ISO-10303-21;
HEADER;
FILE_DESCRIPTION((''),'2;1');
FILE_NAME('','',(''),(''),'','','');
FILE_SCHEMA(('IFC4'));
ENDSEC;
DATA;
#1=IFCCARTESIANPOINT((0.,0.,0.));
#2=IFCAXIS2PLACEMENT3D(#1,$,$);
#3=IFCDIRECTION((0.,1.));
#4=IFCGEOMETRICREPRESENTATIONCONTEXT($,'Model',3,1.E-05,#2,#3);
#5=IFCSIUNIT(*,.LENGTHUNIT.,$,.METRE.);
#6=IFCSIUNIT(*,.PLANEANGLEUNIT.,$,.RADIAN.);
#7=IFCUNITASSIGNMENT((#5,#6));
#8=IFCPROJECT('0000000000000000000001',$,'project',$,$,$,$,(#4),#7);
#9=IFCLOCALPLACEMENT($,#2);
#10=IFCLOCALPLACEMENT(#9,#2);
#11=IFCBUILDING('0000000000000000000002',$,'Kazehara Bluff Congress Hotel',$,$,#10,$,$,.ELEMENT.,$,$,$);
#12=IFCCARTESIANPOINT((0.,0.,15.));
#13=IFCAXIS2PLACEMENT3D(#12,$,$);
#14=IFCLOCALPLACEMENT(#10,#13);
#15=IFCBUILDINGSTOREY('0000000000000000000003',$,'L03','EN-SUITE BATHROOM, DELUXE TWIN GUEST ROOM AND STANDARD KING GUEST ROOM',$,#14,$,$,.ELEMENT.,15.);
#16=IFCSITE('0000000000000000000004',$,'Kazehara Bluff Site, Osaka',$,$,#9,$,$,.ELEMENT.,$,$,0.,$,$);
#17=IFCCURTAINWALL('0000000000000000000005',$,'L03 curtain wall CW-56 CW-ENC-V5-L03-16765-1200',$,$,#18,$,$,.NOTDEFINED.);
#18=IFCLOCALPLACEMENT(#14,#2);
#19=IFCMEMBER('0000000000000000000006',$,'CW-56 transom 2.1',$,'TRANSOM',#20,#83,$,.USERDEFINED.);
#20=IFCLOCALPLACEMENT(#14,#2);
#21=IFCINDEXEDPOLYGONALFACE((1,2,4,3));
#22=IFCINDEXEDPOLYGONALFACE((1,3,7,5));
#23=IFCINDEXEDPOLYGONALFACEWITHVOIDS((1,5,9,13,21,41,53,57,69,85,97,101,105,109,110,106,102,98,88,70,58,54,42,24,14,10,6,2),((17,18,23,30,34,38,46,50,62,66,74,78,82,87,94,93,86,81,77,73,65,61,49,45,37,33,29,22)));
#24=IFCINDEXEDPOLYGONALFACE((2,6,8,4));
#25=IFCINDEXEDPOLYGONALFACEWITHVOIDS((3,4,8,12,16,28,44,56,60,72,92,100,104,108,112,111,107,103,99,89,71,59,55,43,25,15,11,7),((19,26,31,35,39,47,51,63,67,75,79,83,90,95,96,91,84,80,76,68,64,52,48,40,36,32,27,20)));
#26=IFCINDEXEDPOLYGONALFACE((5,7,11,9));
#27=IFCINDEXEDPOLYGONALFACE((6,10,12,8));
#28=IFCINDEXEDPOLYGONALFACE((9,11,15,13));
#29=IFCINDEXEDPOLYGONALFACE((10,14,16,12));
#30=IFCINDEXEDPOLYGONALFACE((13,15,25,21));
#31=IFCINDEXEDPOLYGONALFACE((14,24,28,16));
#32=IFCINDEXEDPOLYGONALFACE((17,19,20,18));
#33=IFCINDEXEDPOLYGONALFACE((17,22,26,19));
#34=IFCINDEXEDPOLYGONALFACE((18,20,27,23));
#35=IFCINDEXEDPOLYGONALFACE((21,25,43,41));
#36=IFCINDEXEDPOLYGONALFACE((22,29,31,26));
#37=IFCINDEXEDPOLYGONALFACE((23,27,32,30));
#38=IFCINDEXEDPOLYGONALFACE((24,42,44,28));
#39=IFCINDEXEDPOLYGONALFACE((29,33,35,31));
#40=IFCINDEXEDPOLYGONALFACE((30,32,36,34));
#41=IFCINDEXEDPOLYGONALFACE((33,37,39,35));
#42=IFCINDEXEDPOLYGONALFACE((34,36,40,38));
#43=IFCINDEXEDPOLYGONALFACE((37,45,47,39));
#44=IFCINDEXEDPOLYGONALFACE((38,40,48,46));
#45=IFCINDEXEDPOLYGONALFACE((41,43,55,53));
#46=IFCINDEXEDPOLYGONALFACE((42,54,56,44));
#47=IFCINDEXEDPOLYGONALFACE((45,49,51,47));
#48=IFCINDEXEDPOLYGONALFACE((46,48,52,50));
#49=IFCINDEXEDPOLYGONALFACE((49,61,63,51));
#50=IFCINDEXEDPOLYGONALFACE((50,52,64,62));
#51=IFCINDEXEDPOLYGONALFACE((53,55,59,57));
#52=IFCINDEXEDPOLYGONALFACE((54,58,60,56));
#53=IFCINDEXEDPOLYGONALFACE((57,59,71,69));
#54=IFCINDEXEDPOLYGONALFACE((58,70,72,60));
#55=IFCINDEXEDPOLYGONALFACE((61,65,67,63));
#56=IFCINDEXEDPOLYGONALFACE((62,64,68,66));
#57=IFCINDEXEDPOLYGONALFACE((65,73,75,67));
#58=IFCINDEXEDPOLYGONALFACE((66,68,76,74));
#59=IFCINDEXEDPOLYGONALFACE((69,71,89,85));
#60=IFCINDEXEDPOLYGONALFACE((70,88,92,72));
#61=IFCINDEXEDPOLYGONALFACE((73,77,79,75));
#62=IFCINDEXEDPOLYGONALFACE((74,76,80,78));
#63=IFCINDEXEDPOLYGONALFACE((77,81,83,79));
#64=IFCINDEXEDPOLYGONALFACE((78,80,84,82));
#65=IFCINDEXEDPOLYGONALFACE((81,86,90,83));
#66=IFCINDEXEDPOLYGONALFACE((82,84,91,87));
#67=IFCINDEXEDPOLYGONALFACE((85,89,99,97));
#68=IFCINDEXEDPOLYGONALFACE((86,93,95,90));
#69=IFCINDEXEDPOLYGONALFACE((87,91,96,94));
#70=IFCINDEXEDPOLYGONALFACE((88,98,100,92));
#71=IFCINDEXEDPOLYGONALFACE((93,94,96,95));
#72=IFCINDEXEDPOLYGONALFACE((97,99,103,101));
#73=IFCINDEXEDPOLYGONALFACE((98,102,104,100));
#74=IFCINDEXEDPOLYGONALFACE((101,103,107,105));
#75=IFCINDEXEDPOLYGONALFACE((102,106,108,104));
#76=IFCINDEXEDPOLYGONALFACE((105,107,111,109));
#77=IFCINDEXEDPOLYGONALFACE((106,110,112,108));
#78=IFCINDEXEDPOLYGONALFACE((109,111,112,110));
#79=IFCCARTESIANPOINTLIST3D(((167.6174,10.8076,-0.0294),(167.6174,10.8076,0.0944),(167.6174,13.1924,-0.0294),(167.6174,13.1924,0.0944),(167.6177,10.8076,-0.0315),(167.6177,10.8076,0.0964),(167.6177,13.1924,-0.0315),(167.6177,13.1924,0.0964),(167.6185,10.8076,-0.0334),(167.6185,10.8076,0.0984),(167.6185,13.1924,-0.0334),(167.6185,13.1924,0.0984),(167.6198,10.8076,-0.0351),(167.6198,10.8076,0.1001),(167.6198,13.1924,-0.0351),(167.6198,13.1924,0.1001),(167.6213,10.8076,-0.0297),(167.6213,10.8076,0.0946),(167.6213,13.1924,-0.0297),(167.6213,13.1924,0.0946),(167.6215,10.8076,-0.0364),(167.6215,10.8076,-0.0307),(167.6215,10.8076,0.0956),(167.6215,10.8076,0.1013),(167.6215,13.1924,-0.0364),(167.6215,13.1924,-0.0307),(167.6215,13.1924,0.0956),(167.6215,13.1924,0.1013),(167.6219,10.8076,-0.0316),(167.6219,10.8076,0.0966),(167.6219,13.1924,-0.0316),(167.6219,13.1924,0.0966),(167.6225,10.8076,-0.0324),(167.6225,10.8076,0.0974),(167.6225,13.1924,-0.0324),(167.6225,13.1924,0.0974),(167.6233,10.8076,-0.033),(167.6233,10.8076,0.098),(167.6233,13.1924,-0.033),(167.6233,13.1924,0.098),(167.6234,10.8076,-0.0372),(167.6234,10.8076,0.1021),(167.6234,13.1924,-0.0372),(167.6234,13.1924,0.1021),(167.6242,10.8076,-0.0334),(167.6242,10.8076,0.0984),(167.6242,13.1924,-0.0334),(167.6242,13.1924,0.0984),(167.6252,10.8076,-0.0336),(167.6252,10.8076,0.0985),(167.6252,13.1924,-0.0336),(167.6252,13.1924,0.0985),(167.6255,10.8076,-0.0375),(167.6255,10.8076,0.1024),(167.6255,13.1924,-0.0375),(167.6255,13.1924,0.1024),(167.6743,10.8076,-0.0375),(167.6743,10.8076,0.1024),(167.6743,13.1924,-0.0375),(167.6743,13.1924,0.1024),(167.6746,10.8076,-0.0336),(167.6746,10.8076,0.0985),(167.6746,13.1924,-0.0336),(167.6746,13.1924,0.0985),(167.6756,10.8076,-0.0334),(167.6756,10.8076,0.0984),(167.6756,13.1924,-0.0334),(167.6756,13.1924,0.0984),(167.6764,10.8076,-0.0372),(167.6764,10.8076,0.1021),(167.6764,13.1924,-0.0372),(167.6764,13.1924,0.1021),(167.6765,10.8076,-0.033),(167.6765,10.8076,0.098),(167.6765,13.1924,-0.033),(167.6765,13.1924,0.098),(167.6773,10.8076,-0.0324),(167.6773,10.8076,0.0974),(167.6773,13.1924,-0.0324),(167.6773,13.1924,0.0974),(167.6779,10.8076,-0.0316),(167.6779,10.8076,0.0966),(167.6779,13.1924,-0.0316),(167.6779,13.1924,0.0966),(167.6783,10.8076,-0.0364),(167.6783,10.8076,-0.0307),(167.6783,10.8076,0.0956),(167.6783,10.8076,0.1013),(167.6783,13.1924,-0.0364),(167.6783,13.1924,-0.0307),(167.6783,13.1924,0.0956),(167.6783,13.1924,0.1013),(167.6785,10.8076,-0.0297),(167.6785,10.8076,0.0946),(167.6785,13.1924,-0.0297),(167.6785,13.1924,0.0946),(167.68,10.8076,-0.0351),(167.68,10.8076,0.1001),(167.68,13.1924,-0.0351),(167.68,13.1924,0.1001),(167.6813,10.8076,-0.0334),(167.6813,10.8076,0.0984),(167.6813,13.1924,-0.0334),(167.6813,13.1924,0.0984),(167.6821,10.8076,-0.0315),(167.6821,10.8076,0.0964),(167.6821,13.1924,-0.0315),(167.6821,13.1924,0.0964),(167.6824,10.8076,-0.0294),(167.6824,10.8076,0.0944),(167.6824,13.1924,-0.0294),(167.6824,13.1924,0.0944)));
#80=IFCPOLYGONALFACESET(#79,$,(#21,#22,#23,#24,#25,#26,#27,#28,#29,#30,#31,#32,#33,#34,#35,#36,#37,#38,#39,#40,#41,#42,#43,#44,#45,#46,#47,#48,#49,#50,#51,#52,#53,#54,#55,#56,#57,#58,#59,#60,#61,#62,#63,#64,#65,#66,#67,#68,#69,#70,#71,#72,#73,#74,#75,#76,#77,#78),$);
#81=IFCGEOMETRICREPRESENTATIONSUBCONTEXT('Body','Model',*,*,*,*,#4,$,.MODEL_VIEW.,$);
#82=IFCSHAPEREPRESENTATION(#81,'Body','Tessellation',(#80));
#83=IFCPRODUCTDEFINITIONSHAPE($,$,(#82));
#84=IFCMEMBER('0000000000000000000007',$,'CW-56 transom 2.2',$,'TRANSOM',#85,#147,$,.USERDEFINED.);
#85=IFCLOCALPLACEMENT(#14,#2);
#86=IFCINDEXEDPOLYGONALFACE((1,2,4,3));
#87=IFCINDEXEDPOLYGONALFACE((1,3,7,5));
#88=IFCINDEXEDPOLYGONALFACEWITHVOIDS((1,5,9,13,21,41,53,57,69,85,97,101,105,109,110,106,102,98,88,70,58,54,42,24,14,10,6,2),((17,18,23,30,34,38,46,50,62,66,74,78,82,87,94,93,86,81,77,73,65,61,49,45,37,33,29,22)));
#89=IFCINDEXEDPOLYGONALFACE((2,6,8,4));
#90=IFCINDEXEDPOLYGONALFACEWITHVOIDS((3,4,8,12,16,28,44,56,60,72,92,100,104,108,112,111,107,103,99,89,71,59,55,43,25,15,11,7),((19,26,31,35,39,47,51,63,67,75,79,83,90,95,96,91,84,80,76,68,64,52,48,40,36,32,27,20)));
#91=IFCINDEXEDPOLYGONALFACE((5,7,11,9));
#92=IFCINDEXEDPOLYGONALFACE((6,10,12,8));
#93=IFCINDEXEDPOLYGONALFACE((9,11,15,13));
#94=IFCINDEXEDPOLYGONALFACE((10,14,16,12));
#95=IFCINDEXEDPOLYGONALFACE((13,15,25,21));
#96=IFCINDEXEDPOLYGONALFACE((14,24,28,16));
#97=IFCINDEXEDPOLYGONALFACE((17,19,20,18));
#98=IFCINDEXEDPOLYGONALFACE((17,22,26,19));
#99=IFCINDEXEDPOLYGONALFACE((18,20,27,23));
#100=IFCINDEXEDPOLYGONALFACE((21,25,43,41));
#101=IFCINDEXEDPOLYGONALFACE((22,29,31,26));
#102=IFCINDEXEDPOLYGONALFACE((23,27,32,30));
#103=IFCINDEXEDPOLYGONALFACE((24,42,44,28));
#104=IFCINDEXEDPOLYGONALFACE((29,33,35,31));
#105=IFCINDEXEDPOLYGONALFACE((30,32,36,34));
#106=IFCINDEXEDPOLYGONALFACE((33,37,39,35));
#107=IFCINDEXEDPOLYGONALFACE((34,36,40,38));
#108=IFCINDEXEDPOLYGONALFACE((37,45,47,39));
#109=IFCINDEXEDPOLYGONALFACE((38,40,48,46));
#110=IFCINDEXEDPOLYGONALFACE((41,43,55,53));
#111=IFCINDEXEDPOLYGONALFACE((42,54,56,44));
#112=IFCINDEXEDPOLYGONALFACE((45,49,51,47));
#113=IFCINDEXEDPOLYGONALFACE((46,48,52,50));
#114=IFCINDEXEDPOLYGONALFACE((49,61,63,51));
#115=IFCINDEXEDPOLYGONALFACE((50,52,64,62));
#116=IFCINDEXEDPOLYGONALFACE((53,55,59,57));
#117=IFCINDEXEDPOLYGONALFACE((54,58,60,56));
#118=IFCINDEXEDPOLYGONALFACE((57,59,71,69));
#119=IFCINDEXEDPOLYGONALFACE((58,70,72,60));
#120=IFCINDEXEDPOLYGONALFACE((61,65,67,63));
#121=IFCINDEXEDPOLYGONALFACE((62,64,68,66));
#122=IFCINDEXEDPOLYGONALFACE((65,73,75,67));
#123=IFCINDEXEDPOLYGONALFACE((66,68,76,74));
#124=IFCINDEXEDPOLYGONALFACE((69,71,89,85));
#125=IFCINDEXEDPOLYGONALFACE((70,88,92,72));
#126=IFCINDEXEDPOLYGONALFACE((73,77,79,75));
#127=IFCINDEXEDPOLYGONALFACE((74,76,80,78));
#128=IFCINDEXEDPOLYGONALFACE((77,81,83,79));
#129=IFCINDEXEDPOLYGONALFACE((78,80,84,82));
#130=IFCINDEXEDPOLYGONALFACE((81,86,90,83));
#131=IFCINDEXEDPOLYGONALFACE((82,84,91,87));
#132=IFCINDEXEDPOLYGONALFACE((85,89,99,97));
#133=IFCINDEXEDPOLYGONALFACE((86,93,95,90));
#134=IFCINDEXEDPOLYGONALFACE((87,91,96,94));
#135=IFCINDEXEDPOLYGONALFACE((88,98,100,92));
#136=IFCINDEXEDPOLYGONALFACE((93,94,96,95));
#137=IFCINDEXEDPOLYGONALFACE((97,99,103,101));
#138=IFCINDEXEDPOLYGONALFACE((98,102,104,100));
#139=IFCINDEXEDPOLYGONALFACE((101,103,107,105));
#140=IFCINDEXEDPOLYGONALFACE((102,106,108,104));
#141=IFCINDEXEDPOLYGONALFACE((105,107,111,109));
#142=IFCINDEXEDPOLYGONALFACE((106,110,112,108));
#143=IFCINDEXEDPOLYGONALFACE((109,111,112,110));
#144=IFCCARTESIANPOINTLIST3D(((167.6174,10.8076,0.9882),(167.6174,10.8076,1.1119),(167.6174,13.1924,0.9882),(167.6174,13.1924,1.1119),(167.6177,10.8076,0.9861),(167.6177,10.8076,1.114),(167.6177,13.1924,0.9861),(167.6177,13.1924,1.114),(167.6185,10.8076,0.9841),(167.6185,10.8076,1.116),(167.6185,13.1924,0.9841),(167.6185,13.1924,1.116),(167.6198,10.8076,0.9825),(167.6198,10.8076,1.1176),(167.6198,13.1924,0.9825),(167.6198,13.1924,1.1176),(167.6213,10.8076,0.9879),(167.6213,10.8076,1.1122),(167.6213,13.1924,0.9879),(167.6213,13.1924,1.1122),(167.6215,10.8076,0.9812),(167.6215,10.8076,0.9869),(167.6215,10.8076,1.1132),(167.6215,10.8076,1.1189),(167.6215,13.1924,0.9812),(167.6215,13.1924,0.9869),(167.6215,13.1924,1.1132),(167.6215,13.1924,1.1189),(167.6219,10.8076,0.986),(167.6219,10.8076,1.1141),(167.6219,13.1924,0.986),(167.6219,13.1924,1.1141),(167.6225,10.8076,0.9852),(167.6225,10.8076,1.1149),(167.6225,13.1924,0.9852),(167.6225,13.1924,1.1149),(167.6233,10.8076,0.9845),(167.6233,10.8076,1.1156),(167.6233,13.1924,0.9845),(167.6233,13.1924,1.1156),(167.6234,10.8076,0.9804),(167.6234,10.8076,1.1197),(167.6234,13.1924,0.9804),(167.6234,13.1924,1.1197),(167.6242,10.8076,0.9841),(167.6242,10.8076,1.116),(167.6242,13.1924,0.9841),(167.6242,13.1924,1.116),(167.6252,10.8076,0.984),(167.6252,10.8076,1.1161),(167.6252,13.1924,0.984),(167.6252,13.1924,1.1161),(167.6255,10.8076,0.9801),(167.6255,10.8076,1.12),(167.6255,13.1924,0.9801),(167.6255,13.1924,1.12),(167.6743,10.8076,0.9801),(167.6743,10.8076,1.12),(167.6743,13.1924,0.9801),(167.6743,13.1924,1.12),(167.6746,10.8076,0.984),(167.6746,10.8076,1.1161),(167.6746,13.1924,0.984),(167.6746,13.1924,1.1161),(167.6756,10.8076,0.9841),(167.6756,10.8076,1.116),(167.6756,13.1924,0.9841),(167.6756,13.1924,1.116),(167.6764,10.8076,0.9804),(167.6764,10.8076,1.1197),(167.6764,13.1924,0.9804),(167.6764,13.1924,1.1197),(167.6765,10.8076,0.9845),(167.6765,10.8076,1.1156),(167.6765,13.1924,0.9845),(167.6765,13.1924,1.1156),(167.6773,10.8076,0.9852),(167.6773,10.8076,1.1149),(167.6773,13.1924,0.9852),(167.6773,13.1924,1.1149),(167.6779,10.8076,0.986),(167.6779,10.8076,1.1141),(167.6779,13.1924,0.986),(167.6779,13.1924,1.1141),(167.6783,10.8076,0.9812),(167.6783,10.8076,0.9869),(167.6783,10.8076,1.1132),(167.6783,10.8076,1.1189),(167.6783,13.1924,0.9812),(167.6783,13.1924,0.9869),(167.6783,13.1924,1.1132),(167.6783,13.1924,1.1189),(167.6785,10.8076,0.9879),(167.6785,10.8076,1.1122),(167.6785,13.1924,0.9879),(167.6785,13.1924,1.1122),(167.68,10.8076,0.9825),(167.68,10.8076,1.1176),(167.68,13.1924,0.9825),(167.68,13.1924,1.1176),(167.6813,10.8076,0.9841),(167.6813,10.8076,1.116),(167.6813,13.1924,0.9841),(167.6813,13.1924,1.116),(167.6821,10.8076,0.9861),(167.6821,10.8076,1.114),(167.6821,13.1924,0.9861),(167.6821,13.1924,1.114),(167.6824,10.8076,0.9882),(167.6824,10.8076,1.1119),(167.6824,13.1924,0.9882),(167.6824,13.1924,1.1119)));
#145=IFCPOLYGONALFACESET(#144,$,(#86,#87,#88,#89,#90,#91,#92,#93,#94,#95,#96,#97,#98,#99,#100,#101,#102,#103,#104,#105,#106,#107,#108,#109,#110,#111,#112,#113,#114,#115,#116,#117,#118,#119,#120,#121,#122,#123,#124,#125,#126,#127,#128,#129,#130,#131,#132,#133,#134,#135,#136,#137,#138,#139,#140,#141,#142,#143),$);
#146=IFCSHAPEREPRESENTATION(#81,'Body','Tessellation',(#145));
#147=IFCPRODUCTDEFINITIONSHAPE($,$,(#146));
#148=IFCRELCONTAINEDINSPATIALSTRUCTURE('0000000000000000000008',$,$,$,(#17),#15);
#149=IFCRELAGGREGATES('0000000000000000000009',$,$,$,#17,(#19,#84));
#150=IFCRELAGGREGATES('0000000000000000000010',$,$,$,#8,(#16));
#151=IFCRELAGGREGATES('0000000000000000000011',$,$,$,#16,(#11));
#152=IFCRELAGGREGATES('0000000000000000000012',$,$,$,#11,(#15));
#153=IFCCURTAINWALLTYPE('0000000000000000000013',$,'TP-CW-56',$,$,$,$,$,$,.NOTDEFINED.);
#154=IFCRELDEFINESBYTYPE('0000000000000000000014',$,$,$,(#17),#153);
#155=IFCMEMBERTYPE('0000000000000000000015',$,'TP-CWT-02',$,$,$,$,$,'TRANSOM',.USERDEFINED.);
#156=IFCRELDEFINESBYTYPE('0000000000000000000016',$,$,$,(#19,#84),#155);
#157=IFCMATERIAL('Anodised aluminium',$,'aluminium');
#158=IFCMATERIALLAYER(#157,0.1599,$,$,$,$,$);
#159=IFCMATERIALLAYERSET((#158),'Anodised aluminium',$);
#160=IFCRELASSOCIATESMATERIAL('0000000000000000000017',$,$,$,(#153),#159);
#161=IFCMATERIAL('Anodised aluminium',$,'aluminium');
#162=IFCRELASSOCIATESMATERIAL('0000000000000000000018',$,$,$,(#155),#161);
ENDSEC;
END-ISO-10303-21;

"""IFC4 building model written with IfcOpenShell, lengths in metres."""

from ifc_helpers import new_model, si_unit, direction, frame, origin, origin_2d, place, context, subcontext, project, spatial, hollow_rectangle, extrude, material, layer, layer_set, material_profile, profile_set, type_object, element, aggregate, save


model = new_model("IFC4")

# Units and contexts
model_context = context("Model", 3, precision=1e-05, world=origin(), true_north=direction((0.0, 1.0)))
body_context = subcontext(model_context, "Body", "Model", "MODEL_VIEW")
ifc_project = project(units=[si_unit("LENGTHUNIT", "METRE"), si_unit("PLANEANGLEUNIT", "RADIAN")], contexts=[model_context])

# Site, building, storey
site_placement = place(None, origin())
site = spatial("IfcSite", under=ifc_project, at=site_placement, Name="Kazehara Bluff Site, Osaka", CompositionType="ELEMENT", RefElevation=0.0)
building_placement = place(site_placement, origin())
building = spatial("IfcBuilding", under=site, at=building_placement, Name="Kazehara Bluff Congress Hotel", CompositionType="ELEMENT")
storey_placement = place(building_placement, frame((0.0, 0.0, 15.0)))
storey = spatial("IfcBuildingStorey", under=building, at=storey_placement, Name="L03", Description="EN-SUITE BATHROOM, DELUXE TWIN GUEST ROOM AND STANDARD KING GUEST ROOM", CompositionType="ELEMENT", Elevation=15.0)

# Curtain wall
ifc_material_1 = material(Name="Anodised aluminium", Category="aluminium")
ifc_layer_1 = layer(ifc_material_1, 0.1599)
ifc_layer_set_1 = layer_set([ifc_layer_1], Name="Anodised aluminium")
curtain_wall_type_1 = type_object("IfcCurtainWallType", Name="TP-CW-56", PredefinedType="NOTDEFINED", material=ifc_layer_set_1)
curtain_wall_1_placement = place(storey_placement, origin())
curtain_wall_1 = element("IfcCurtainWall", 1, at=curtain_wall_1_placement, inside=storey, type_object=curtain_wall_type_1, Name="L03 curtain wall CW-56 CW-ENC-V5-L03-16765-1200", PredefinedType="NOTDEFINED")

# Members
ifc_material_2 = material(Name="Anodised aluminium", Category="aluminium")
ifc_material_profile_1 = material_profile(ifc_material_2, hollow_rectangle(XDim=0.0649, YDim=0.1399, WallThickness=0.0039, InnerFilletRadius=0.0039, OuterFilletRadius=0.0081, at=origin_2d()))
ifc_profile_set_1 = profile_set([ifc_material_profile_1], Name="Anodised aluminium")
member_type_1 = type_object("IfcMemberType", Name="TP-CWT-02", ElementType="TRANSOM", PredefinedType="USERDEFINED", material=ifc_profile_set_1)
member_1_placement = place(storey_placement, frame((167.6499, 13.1924, 0.0325), z_axis=(0.0, -1.0, 0.0), x_axis=(1.0, 0.0, 0.0)))
member_1 = element("IfcMember", 2, at=member_1_placement, type_object=member_type_1, Name="CW-56 transom 2.1", ObjectType="TRANSOM", PredefinedType="USERDEFINED", context=body_context, shape_type="SweptSolid", body=[
    extrude(hollow_rectangle(XDim=0.0649, YDim=0.1399, WallThickness=0.0039, InnerFilletRadius=0.0039, OuterFilletRadius=0.0081, at=origin_2d()), origin(), (0.0, 0.0, 1.0), 2.3848),
])
member_2_placement = place(storey_placement, frame((167.6499, 13.1924, 1.05), z_axis=(0.0, -1.0, 0.0), x_axis=(1.0, 0.0, 0.0)))
member_2 = element("IfcMember", 3, at=member_2_placement, type_object=member_type_1, Name="CW-56 transom 2.2", ObjectType="TRANSOM", PredefinedType="USERDEFINED", context=body_context, shape_type="SweptSolid", body=[
    extrude(hollow_rectangle(XDim=0.0649, YDim=0.1399, WallThickness=0.0039, InnerFilletRadius=0.0039, OuterFilletRadius=0.0081, at=origin_2d()), origin(), (0.0, 0.0, 1.0), 2.3848),
])

aggregate(curtain_wall_1, [member_1, member_2])

save(model, "model.ifc")
